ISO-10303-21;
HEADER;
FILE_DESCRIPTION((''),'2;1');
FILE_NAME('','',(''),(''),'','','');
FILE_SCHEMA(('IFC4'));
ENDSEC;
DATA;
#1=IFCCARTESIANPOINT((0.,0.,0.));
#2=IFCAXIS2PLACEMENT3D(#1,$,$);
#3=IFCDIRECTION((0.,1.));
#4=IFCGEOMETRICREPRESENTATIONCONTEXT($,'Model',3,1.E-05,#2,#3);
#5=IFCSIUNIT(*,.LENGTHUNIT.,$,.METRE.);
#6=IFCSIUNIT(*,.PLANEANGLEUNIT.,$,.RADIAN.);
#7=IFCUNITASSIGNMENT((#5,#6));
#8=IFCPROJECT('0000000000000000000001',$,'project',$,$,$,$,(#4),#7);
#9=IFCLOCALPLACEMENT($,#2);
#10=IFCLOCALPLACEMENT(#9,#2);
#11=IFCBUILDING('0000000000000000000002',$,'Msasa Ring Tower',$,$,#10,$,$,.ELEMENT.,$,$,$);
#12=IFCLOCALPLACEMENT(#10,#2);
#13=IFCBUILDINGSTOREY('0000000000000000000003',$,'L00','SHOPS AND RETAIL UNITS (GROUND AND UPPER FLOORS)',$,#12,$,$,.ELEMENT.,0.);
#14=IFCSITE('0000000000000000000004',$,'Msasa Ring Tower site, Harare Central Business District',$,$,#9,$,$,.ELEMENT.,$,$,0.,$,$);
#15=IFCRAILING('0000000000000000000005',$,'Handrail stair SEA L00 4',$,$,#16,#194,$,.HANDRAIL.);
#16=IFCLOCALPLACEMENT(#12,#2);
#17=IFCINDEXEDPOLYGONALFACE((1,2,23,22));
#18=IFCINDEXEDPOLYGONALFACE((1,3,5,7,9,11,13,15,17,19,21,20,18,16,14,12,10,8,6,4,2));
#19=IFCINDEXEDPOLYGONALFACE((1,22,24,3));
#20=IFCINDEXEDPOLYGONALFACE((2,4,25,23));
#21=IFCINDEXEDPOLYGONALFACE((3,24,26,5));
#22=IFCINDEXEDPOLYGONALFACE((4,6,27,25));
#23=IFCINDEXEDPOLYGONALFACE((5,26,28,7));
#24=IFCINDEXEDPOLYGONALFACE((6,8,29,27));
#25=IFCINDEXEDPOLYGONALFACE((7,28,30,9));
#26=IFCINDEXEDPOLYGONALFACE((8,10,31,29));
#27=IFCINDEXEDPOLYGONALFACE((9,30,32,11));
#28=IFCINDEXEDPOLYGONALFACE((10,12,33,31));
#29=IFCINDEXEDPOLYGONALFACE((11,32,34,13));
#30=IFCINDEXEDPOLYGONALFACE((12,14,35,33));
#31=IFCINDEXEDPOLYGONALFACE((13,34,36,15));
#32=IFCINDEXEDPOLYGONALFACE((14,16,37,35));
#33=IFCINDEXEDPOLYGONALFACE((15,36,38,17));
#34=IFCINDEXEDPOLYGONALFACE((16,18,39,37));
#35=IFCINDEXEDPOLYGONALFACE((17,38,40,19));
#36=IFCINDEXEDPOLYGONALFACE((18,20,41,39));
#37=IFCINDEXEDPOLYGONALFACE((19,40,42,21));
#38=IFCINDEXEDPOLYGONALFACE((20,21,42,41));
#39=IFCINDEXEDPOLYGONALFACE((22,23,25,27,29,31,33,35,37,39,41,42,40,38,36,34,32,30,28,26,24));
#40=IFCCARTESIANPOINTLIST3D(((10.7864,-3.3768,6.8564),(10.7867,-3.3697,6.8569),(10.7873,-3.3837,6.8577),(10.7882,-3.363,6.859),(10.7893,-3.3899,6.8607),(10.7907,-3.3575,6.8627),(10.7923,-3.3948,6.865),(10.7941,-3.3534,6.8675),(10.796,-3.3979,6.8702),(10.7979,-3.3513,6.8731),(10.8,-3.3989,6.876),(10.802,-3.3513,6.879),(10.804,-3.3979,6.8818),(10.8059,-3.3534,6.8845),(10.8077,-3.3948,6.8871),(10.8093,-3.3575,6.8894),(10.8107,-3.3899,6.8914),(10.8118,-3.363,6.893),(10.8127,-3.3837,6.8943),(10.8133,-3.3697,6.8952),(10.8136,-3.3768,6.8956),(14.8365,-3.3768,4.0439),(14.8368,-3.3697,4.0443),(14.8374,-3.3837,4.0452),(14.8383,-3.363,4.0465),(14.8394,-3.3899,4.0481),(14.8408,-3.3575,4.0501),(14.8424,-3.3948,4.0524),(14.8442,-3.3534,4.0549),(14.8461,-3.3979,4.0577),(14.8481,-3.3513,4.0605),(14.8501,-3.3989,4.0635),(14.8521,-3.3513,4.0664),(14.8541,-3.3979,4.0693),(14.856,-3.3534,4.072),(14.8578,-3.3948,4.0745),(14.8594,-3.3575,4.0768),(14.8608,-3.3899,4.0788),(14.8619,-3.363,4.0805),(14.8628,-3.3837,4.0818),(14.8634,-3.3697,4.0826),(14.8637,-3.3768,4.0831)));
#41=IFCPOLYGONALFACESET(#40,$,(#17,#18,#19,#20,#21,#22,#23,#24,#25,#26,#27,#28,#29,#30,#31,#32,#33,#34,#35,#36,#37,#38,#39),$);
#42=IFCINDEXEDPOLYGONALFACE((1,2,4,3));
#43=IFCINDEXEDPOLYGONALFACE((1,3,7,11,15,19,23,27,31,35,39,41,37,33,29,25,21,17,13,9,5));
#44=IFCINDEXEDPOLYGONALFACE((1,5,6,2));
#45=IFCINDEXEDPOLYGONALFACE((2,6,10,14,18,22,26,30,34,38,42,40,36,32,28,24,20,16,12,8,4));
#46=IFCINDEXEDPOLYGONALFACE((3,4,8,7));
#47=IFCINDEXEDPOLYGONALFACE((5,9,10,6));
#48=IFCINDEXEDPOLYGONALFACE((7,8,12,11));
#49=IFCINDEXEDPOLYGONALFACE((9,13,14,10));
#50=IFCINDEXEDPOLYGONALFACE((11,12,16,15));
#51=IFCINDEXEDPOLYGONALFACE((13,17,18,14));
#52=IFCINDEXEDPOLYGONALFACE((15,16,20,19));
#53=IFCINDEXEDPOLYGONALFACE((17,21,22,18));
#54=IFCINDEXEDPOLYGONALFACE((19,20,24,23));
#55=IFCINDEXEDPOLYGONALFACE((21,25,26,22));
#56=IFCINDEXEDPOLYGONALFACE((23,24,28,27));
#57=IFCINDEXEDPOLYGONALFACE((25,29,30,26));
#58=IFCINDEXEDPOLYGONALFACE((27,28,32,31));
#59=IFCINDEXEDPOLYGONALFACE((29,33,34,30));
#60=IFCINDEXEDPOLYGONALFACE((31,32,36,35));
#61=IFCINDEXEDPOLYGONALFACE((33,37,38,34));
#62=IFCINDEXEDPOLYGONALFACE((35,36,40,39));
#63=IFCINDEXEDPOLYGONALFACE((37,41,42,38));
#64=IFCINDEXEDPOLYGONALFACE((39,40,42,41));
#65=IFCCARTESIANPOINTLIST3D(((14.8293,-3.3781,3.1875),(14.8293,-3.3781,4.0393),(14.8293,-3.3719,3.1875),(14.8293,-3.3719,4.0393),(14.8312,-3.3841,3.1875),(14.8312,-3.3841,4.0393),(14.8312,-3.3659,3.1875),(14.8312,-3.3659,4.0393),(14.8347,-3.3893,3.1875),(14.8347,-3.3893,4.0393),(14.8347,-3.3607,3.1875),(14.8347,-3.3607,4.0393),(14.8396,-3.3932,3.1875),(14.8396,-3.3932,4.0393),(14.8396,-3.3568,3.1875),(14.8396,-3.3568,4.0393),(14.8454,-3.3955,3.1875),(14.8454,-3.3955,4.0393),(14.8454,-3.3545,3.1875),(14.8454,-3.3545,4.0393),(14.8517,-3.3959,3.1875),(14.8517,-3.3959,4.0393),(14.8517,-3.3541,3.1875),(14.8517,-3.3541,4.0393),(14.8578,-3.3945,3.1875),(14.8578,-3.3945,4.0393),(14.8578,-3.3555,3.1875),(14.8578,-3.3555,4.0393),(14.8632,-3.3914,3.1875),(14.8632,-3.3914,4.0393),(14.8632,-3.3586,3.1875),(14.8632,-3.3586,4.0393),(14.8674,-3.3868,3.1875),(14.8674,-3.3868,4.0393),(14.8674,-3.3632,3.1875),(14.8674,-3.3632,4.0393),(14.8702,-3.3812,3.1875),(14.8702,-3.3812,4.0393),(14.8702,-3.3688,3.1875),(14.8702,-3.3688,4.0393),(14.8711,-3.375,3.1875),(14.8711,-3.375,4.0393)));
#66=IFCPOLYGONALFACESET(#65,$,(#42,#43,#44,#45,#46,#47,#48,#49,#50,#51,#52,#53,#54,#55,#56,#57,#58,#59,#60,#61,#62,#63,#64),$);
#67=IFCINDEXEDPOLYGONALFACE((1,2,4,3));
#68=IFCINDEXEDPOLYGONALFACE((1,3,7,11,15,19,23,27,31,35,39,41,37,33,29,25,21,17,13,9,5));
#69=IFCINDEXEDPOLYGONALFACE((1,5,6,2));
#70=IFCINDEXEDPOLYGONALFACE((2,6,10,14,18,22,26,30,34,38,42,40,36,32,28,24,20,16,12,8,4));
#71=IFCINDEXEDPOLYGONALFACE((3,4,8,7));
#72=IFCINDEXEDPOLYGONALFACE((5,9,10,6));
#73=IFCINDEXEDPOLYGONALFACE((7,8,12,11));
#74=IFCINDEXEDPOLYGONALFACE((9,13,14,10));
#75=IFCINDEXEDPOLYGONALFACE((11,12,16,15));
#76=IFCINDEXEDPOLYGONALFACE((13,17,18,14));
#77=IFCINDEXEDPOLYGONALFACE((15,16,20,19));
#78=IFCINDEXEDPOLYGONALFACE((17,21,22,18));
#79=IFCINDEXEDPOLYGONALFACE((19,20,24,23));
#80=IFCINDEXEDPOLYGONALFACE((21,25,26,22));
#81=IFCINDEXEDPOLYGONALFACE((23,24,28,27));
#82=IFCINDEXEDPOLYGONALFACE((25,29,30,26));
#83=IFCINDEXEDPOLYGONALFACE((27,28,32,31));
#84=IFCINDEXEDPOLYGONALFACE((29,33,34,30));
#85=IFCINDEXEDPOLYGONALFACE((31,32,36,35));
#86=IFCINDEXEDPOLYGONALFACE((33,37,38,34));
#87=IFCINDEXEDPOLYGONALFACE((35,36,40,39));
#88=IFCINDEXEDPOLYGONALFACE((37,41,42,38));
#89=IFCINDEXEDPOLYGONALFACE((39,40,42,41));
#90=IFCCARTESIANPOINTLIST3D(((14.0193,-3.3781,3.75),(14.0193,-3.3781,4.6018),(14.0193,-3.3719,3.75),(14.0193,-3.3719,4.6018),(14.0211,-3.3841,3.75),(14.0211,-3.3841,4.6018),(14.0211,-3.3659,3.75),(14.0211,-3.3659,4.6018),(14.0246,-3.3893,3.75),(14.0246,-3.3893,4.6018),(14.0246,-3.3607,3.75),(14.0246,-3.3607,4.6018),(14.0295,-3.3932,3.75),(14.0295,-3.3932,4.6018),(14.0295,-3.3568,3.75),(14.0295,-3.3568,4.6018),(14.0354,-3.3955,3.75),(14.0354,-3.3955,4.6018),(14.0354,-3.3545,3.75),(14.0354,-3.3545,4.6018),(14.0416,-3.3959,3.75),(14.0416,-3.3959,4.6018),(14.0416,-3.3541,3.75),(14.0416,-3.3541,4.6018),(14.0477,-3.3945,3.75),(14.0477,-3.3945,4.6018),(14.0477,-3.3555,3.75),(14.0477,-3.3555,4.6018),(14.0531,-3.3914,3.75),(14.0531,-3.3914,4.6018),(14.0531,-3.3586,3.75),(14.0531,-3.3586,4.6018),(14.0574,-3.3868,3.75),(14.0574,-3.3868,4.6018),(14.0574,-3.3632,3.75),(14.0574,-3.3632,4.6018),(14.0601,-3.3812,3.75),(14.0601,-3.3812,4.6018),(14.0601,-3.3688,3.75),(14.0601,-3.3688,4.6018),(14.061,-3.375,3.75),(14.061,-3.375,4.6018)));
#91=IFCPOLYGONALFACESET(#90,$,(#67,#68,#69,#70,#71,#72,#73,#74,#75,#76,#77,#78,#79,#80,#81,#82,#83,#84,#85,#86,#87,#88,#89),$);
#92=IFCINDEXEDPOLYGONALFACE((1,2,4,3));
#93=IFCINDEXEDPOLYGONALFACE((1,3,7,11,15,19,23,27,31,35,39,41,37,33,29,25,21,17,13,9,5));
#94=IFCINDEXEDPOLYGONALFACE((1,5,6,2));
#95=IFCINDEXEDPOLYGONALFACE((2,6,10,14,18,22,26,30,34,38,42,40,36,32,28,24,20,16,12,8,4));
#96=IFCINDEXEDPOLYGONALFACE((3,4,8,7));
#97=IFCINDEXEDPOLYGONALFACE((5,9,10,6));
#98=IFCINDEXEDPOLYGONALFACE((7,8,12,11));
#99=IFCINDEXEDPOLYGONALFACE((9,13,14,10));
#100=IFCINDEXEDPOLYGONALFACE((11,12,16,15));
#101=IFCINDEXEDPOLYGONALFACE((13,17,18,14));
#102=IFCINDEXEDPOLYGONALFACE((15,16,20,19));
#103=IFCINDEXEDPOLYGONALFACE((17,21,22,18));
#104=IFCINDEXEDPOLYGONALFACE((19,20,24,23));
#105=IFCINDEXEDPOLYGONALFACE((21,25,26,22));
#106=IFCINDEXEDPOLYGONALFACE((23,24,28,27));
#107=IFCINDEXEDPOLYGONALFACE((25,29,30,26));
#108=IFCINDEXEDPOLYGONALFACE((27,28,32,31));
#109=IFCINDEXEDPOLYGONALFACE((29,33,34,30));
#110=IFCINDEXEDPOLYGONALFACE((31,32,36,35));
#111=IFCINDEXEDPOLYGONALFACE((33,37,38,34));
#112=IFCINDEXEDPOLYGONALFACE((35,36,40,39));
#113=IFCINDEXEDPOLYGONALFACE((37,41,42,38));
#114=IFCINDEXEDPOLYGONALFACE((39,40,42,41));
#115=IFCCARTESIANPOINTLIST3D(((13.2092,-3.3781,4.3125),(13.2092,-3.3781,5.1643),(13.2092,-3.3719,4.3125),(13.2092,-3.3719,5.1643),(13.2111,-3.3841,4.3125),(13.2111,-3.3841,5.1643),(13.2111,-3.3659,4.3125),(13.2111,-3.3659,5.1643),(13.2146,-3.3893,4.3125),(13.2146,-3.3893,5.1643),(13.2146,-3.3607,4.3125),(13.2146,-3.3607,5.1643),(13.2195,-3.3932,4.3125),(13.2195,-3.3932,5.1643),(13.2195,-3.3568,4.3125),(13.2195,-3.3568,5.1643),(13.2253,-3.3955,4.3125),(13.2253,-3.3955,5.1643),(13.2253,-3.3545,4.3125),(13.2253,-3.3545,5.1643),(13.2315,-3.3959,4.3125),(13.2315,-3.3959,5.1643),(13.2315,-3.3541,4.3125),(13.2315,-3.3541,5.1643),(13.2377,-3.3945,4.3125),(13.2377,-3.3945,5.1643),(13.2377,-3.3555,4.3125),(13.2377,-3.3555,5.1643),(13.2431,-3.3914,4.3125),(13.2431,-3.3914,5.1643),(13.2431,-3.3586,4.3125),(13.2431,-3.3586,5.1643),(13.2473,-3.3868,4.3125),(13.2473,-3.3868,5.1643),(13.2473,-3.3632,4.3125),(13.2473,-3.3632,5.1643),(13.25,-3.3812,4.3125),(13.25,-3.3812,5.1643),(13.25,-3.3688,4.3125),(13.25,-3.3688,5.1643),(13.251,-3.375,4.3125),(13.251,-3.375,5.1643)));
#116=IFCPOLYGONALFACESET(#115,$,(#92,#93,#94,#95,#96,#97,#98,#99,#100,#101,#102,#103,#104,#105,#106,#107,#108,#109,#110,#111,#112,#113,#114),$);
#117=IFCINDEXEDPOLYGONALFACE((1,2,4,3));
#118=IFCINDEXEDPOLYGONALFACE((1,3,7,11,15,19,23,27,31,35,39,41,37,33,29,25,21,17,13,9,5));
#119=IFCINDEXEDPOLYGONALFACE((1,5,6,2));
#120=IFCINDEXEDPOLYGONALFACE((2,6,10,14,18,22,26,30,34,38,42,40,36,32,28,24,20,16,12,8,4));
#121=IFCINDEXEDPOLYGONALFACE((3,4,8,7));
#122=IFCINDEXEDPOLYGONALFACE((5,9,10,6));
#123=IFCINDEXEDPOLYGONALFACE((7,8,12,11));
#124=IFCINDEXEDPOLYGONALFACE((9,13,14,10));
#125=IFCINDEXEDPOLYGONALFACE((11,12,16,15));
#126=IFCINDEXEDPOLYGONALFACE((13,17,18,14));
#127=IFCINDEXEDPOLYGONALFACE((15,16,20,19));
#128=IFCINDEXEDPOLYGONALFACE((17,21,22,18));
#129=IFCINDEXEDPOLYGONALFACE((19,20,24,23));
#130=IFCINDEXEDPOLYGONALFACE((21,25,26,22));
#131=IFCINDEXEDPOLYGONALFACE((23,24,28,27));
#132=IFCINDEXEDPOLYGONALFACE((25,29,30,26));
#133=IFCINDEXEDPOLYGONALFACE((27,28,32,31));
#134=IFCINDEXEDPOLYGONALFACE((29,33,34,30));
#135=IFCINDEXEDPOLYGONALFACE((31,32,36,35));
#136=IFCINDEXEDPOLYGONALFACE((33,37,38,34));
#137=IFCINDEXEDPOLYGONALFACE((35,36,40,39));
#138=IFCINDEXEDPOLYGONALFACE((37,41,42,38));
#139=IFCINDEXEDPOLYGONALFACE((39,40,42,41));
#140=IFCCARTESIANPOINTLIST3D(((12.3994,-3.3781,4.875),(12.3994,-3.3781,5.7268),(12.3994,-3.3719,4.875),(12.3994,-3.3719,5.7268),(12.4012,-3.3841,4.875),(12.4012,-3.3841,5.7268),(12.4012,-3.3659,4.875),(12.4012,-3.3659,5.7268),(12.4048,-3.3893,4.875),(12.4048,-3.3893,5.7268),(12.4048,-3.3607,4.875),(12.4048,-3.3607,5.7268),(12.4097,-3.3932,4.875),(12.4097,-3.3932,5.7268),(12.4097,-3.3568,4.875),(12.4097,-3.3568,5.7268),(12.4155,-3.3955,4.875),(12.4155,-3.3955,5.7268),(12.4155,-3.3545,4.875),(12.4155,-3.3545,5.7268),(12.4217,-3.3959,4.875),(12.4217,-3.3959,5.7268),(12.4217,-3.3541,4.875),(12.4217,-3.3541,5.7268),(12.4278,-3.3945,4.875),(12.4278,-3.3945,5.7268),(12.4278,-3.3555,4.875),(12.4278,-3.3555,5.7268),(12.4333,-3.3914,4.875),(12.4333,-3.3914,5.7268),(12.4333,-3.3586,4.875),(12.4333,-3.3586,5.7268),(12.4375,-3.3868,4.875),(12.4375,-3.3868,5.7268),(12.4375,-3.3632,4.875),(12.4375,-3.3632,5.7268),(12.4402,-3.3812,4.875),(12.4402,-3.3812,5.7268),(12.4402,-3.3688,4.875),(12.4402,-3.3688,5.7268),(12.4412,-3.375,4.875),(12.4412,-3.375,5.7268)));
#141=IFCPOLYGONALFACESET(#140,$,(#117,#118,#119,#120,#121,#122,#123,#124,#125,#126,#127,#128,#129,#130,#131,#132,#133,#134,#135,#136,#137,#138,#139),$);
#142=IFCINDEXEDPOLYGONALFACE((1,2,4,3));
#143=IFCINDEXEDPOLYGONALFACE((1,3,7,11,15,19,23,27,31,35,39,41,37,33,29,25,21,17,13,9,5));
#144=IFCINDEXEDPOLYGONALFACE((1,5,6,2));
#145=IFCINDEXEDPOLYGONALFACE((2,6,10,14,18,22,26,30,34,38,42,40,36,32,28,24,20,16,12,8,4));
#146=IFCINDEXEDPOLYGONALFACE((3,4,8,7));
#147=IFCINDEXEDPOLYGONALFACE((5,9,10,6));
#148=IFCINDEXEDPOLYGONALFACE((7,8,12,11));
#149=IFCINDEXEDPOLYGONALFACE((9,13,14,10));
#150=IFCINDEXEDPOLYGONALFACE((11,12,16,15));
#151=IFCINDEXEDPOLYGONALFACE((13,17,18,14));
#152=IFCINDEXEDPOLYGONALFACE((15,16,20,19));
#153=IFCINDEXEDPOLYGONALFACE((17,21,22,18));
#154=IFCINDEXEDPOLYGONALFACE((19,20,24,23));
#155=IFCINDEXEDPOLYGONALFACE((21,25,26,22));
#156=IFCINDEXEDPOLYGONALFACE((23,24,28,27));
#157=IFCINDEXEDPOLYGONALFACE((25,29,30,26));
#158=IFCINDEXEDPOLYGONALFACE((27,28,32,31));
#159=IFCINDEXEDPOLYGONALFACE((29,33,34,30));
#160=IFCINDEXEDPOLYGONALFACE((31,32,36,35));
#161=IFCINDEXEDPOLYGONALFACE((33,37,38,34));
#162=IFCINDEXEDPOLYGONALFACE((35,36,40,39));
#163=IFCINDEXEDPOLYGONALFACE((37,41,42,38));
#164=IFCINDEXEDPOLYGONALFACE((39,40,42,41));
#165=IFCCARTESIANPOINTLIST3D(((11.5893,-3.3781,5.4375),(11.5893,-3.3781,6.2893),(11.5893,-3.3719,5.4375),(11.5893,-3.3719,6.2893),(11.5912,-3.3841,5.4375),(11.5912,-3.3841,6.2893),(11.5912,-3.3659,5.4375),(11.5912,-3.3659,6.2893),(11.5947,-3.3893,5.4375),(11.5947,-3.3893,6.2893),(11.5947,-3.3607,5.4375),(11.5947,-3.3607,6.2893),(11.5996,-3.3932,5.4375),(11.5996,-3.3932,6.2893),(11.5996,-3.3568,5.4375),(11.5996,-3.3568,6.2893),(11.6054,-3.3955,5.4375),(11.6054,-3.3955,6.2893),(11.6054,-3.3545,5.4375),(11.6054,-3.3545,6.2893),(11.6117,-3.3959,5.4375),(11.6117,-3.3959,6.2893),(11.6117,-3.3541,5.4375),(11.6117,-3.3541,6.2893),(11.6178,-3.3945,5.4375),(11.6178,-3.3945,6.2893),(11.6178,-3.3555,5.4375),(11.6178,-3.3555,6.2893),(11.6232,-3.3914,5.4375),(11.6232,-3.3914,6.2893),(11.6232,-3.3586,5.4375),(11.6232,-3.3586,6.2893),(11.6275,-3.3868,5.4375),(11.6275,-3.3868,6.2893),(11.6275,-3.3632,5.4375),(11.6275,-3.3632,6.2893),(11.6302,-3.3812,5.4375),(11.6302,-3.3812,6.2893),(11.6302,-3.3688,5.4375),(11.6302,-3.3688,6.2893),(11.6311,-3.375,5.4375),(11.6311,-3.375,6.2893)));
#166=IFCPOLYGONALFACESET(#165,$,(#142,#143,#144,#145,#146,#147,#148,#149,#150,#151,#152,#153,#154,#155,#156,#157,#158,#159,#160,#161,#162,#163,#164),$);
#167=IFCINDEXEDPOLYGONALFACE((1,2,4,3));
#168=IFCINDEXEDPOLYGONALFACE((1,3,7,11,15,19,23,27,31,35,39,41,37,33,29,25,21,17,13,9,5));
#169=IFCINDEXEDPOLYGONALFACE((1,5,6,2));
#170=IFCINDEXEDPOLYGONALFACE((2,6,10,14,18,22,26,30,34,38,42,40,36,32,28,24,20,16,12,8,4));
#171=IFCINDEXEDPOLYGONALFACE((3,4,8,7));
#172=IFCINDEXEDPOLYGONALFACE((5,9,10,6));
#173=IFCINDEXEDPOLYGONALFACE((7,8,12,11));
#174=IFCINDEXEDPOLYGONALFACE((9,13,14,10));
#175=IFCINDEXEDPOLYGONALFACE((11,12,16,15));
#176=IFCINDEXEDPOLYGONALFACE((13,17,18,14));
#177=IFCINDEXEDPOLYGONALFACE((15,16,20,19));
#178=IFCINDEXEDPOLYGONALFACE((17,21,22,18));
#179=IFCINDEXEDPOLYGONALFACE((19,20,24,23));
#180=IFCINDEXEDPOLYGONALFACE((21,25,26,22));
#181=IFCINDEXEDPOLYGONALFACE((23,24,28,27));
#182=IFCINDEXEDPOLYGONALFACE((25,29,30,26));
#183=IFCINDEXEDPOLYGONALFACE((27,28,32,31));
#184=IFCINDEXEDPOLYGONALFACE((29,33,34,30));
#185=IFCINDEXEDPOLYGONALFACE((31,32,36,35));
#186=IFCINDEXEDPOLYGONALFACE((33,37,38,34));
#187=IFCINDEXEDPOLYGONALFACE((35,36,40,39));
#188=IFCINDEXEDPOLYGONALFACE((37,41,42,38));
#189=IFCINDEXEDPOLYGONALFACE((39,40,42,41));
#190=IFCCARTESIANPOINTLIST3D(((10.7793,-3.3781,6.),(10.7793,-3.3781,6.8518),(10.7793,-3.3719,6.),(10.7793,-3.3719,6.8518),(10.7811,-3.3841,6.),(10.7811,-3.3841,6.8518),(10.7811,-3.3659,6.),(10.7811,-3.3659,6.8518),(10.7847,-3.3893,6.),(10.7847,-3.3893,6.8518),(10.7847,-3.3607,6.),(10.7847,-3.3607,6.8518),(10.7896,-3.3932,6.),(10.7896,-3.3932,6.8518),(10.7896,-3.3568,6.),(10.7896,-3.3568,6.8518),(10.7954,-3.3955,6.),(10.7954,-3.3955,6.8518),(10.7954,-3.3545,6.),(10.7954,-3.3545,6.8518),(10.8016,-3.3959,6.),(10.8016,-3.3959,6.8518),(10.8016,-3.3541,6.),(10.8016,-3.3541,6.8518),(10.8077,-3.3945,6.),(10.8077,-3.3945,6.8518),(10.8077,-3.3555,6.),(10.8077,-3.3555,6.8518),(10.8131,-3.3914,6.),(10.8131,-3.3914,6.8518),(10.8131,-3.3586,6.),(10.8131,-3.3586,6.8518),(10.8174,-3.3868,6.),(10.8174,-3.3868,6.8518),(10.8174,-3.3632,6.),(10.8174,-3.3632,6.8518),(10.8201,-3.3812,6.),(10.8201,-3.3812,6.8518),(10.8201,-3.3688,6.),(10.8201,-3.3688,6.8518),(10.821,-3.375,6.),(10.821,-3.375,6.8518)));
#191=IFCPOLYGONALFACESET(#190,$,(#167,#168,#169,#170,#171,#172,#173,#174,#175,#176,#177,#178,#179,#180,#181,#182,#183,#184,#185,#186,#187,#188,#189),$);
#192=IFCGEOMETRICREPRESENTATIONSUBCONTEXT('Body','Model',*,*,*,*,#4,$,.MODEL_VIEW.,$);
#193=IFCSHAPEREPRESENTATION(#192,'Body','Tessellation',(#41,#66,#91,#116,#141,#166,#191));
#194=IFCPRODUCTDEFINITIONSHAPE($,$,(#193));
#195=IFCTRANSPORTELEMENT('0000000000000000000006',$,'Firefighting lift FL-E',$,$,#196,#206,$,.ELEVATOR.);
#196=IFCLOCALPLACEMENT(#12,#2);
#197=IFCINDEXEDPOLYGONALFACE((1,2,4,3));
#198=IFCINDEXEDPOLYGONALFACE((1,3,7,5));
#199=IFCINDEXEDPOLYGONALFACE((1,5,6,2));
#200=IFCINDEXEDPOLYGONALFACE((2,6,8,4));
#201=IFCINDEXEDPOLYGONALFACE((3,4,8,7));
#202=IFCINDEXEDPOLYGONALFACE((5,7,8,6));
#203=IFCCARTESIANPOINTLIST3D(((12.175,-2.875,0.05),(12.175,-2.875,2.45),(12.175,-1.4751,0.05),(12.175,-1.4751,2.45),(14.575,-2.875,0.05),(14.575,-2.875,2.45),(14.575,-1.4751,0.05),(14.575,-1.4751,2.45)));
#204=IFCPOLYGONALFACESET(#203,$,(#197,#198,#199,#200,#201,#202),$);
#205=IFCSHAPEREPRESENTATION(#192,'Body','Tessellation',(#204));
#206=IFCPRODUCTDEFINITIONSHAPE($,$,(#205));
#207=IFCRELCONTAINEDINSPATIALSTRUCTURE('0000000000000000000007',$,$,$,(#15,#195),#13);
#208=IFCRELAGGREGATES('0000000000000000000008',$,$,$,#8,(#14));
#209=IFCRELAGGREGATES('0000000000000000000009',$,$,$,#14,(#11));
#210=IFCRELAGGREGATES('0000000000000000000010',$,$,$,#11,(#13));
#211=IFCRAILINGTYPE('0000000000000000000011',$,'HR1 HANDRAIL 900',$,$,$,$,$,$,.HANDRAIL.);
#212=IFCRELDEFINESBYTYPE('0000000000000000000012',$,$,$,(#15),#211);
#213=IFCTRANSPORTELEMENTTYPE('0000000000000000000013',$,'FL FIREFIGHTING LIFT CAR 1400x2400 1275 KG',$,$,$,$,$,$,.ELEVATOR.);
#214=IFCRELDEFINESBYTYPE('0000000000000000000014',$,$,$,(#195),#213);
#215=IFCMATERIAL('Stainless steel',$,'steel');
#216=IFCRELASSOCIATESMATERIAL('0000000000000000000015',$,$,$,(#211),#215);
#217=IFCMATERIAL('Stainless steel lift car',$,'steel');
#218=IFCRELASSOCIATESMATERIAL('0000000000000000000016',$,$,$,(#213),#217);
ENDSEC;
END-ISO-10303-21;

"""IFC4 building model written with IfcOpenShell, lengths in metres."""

from ifc_helpers import new_model, si_unit, direction, frame, origin, origin_2d, place, context, subcontext, project, spatial, rectangle, circle, extrude, material, type_object, element, save


model = new_model("IFC4")

# Units and contexts
model_context = context("Model", 3, precision=1e-05, world=origin(), true_north=direction((0.0, 1.0)))
body_context = subcontext(model_context, "Body", "Model", "MODEL_VIEW")
ifc_project = project(units=[si_unit("LENGTHUNIT", "METRE"), si_unit("PLANEANGLEUNIT", "RADIAN")], contexts=[model_context])

# Site, building, storey
site_placement = place(None, origin())
site = spatial("IfcSite", under=ifc_project, at=site_placement, Name="Msasa Ring Tower site, Harare Central Business District", CompositionType="ELEMENT", RefElevation=0.0)
building_placement = place(site_placement, origin())
building = spatial("IfcBuilding", under=site, at=building_placement, Name="Msasa Ring Tower", CompositionType="ELEMENT")
storey_placement = place(building_placement, origin())
storey = spatial("IfcBuildingStorey", under=building, at=storey_placement, Name="L00", Description="SHOPS AND RETAIL UNITS (GROUND AND UPPER FLOORS)", CompositionType="ELEMENT", Elevation=0.0)

# Railing
ifc_material_1 = material(Name="Stainless steel", Category="steel")
railing_type = type_object("IfcRailingType", Name="HR1 HANDRAIL 900", PredefinedType="HANDRAIL", material=ifc_material_1)
for number, where, name in (
    (1, (14.8501, -3.375, 3.1875), "Handrail stair SEA L00 4"),
):
    element("IfcRailing", number, at=place(storey_placement, frame(where)), inside=storey, type_object=railing_type, Name=name, PredefinedType="HANDRAIL", context=body_context, shape_type="SweptSolid", body=[
        extrude(circle(Radius=0.0239, at=origin_2d()), frame((0.0, 0.0, 0.876), z_axis=(-0.821373, 0.0, 0.570391), x_axis=(0.0, -1.0, 0.0)), (0.0, 0.0, 1.0), 4.9309),
        extrude(circle(Radius=0.021, at=origin_2d()), origin(), (0.0, 0.0, 1.0), 0.8518),
        extrude(circle(Radius=0.021, at=origin_2d()), frame((-0.8101, 0.0, 0.5625)), (0.0, 0.0, 1.0), 0.8518),
        extrude(circle(Radius=0.021, at=origin_2d()), frame((-1.6201, 0.0, 1.125)), (0.0, 0.0, 1.0), 0.8518),
        extrude(circle(Radius=0.021, at=origin_2d()), frame((-2.4299, 0.0, 1.6875)), (0.0, 0.0, 1.0), 0.8518),
        extrude(circle(Radius=0.021, at=origin_2d()), frame((-3.24, 0.0, 2.25)), (0.0, 0.0, 1.0), 0.8518),
        extrude(circle(Radius=0.021, at=origin_2d()), frame((-4.05, 0.0, 2.8125)), (0.0, 0.0, 1.0), 0.8518),
    ])

# Transport element
ifc_material_2 = material(Name="Stainless steel lift car", Category="steel")
transport_element_type_1 = type_object("IfcTransportElementType", Name="FL FIREFIGHTING LIFT CAR 1400x2400 1275 KG", PredefinedType="ELEVATOR", material=ifc_material_2)
transport_element_1_placement = place(storey_placement, frame((13.375, -2.175, 0.05), z_axis=(0.0, 0.0, 1.0), x_axis=(1.0, 0.0, 0.0)))
element("IfcTransportElement", 2, at=transport_element_1_placement, inside=storey, type_object=transport_element_type_1, Name="Firefighting lift FL-E", PredefinedType="ELEVATOR", context=body_context, shape_type="SweptSolid", body=[
    extrude(rectangle(XDim=2.3999, YDim=1.3999, at=origin_2d()), origin(), (0.0, 0.0, 1.0), 2.3999),
])

save(model, "model.ifc")
